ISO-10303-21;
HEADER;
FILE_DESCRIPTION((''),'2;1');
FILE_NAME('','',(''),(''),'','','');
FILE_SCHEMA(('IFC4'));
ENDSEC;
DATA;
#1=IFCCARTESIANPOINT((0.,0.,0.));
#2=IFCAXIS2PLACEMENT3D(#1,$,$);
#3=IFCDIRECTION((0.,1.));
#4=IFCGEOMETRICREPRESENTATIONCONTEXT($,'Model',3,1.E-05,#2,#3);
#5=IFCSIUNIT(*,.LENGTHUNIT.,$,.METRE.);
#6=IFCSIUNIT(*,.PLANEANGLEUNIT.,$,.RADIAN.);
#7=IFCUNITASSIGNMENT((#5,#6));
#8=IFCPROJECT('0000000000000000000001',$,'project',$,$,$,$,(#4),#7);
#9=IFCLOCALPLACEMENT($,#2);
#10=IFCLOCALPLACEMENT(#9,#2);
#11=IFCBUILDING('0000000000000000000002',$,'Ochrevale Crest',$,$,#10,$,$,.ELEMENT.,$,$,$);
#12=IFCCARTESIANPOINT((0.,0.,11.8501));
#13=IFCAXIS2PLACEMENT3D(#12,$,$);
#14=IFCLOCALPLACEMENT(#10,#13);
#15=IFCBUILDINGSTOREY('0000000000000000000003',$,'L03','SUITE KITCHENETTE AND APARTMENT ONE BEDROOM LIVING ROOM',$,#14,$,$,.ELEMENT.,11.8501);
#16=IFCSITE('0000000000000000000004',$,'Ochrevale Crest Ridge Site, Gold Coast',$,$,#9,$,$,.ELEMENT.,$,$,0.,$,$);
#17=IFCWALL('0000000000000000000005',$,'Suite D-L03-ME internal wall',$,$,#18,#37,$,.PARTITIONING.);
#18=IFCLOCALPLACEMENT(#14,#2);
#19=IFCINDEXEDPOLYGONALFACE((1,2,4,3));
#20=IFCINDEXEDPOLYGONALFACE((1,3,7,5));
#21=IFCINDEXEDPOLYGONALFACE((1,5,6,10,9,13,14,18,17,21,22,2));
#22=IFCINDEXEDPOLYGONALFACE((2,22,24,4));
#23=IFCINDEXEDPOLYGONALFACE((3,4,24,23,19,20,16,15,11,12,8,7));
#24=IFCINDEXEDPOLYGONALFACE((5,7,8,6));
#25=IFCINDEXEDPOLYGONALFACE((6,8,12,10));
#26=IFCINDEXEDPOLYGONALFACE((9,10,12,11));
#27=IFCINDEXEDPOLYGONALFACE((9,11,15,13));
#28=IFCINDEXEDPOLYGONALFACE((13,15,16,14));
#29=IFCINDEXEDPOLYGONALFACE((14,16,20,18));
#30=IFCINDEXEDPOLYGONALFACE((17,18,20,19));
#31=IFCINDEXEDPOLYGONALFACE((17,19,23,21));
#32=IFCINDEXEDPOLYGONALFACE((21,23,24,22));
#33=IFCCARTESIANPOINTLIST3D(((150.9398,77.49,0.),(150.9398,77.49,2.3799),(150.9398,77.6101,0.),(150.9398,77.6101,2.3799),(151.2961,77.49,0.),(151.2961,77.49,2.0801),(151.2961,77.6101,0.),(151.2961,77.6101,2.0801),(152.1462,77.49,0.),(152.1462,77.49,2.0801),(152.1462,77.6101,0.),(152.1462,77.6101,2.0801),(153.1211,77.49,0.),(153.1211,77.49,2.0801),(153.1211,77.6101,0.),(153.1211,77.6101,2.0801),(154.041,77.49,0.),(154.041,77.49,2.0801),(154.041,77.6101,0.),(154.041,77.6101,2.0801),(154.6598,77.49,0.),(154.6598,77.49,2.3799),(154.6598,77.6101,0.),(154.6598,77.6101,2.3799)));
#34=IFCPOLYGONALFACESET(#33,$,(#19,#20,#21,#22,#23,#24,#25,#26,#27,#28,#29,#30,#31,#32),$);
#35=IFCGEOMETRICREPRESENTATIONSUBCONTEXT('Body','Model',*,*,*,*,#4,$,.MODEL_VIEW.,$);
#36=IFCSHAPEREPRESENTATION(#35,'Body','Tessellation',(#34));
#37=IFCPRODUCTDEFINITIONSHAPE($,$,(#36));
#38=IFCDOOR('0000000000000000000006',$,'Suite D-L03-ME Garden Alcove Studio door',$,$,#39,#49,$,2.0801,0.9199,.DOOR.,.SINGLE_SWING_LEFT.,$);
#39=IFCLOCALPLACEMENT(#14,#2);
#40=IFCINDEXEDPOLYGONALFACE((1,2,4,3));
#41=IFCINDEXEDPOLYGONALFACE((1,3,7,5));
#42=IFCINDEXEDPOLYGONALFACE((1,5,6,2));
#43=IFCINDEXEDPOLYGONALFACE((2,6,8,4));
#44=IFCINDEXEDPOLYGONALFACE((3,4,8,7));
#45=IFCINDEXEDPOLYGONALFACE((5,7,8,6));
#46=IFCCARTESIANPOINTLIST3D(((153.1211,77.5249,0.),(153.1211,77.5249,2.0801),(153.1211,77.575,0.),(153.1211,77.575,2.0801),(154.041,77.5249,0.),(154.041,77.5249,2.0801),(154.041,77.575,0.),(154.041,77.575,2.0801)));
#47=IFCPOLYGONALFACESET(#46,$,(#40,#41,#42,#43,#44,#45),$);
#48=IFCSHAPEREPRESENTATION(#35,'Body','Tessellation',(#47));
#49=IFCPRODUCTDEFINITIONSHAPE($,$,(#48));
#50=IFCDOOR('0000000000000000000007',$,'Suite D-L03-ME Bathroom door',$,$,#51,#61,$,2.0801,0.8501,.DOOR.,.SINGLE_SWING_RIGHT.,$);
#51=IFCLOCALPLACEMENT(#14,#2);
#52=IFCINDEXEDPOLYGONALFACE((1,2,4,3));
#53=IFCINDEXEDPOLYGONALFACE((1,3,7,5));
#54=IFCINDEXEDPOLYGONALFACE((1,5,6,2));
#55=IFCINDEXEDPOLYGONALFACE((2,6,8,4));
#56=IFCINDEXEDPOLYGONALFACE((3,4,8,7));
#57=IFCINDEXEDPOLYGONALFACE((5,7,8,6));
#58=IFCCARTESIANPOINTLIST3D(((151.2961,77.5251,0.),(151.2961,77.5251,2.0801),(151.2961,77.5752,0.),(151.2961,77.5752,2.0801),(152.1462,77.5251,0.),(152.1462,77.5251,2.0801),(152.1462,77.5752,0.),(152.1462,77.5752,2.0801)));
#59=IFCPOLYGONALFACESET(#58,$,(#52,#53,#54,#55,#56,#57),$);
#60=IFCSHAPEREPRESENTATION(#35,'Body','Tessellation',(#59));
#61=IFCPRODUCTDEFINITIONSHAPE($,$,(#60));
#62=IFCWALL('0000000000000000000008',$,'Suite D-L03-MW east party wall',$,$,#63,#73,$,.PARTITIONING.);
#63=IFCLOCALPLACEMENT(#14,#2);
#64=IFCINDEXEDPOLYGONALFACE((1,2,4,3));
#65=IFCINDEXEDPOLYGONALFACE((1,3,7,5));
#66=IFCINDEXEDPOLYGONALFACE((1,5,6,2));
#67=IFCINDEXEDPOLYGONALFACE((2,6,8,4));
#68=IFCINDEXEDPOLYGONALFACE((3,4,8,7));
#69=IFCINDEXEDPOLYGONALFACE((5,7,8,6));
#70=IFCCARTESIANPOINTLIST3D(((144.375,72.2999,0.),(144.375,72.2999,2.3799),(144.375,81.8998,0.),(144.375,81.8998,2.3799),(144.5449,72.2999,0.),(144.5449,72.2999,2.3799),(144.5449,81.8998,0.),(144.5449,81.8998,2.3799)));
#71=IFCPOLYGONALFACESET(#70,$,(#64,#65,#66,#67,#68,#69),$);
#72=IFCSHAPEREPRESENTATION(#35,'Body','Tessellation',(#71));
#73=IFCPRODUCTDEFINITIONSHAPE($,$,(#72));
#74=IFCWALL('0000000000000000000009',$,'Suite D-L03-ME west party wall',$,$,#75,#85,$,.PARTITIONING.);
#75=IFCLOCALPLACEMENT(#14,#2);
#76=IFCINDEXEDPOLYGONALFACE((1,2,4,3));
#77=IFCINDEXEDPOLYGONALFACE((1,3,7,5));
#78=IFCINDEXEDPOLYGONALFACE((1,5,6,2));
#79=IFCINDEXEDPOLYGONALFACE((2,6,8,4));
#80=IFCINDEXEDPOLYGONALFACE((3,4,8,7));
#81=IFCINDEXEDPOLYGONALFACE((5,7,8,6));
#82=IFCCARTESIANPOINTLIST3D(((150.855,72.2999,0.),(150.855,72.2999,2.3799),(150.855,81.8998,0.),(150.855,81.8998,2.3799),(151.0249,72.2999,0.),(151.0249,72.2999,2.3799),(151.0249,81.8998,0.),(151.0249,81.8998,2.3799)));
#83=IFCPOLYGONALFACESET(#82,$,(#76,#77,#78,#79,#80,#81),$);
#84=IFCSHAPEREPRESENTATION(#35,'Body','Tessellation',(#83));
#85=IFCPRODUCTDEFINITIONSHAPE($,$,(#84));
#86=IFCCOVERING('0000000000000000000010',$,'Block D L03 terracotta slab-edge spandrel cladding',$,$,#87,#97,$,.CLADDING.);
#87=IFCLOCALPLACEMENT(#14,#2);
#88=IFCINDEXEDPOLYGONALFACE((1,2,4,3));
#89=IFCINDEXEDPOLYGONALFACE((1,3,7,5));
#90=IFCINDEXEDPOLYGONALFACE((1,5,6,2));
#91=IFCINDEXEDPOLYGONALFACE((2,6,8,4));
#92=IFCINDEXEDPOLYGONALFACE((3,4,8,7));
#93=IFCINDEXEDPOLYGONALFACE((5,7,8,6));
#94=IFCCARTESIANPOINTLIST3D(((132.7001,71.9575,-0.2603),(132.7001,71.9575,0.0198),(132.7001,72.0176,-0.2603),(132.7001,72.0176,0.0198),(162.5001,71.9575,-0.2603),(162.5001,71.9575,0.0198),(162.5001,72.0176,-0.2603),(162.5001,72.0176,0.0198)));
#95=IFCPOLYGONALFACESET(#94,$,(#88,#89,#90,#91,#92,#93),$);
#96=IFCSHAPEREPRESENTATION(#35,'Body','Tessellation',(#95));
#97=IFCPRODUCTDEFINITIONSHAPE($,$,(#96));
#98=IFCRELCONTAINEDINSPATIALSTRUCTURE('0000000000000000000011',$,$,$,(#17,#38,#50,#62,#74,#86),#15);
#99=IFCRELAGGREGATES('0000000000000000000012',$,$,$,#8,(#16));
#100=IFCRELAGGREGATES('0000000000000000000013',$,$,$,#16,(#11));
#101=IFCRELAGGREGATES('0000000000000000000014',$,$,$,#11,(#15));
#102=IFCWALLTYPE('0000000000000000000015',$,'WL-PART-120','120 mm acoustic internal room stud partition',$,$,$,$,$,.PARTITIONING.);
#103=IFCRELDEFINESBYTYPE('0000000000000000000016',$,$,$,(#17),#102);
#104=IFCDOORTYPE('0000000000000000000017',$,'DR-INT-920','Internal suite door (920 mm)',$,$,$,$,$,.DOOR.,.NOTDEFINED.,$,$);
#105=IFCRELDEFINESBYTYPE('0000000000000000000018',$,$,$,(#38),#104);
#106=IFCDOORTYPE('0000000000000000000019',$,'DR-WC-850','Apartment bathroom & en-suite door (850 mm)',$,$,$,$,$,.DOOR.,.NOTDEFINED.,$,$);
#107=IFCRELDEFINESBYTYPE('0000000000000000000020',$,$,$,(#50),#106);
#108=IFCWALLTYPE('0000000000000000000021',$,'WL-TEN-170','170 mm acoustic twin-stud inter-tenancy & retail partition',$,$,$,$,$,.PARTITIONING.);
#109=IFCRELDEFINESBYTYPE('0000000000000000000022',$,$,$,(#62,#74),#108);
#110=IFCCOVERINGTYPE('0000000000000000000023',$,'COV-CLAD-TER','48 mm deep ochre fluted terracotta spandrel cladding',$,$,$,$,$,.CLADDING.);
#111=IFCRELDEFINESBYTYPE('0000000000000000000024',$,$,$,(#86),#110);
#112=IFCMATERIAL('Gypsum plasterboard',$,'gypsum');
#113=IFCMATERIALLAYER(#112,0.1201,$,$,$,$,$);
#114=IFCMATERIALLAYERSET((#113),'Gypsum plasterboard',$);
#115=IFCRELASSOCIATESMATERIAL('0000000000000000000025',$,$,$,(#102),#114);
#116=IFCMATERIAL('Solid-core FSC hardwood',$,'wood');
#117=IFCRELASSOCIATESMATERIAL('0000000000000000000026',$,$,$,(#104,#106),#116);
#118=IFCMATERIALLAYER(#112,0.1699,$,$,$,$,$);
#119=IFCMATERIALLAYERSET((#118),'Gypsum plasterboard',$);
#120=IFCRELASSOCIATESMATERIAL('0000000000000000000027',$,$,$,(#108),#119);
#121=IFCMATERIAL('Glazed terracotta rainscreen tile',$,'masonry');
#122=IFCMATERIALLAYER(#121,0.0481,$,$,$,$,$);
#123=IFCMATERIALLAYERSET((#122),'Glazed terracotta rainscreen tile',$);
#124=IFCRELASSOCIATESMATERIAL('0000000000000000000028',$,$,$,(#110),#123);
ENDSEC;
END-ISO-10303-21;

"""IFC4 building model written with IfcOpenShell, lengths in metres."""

from ifc_helpers import new_model, si_unit, direction, frame, frame_2d, origin, origin_2d, place, context, subcontext, project, spatial, rectangle, extrude, material, layer, layer_set, type_object, element, fill, save


model = new_model("IFC4")

# Units and contexts
model_context = context("Model", 3, precision=1e-05, world=origin(), true_north=direction((0.0, 1.0)))
body_context = subcontext(model_context, "Body", "Model", "MODEL_VIEW")
ifc_project = project(units=[si_unit("LENGTHUNIT", "METRE"), si_unit("PLANEANGLEUNIT", "RADIAN")], contexts=[model_context])

# Site, building, storey
site_placement = place(None, origin())
site = spatial("IfcSite", under=ifc_project, at=site_placement, Name="Ochrevale Crest Ridge Site, Gold Coast", CompositionType="ELEMENT", RefElevation=0.0)
building_placement = place(site_placement, origin())
building = spatial("IfcBuilding", under=site, at=building_placement, Name="Ochrevale Crest", CompositionType="ELEMENT")
storey_placement = place(building_placement, frame((0.0, 0.0, 11.8501)))
storey = spatial("IfcBuildingStorey", under=building, at=storey_placement, Name="L03", Description="SUITE KITCHENETTE AND APARTMENT ONE BEDROOM LIVING ROOM", CompositionType="ELEMENT", Elevation=11.8501)

# Shared definitions
ifc_material_1 = material(Name="Solid-core FSC hardwood", Category="wood")

# Wall, openings, doors
ifc_material_2 = material(Name="Gypsum plasterboard", Category="gypsum")
ifc_layer_1 = layer(ifc_material_2, 0.1201)
ifc_layer_set_1 = layer_set([ifc_layer_1], Name="Gypsum plasterboard")
wall_type_1 = type_object("IfcWallType", Name="WL-PART-120", Description="120 mm acoustic internal room stud partition", PredefinedType="PARTITIONING", material=ifc_layer_set_1)
wall_1_placement = place(storey_placement, frame((150.9399, 77.55, 0.0), z_axis=(0.0, 0.0, 1.0), x_axis=(1.0, 0.0, 0.0)))
wall_1 = element("IfcWall", 1, at=wall_1_placement, inside=storey, type_object=wall_type_1, Name="Suite D-L03-ME internal wall", PredefinedType="PARTITIONING", context=body_context, shape_type="SweptSolid", body=[
    extrude(rectangle(XDim=3.72, YDim=0.1201, at=frame_2d((1.8599, 0.0))), origin(), (0.0, 0.0, 1.0), 2.3799),
])
opening_1_placement = place(wall_1_placement, frame((1.2063, 0.0, 0.0), z_axis=(0.0, 0.0, 1.0), x_axis=(-1.0, 0.0, 0.0)))
opening_1 = element("IfcOpeningElement", 2, at=opening_1_placement, cuts=wall_1, PredefinedType="OPENING", context=body_context, shape_type="SweptSolid", body=[
    extrude(rectangle(XDim=0.8501, YDim=2.0801, at=frame_2d((0.425, 1.04))), frame((0.0, 0.0701, 0.0), z_axis=(0.0, -1.0, 0.0), x_axis=(1.0, 0.0, 0.0)), (0.0, 0.0, 1.0), 0.1401),
])
opening_2_placement = place(wall_1_placement, frame((2.1812, 0.0, 0.0)))
opening_2 = element("IfcOpeningElement", 3, at=opening_2_placement, cuts=wall_1, PredefinedType="OPENING", context=body_context, shape_type="SweptSolid", body=[
    extrude(rectangle(XDim=0.9199, YDim=2.0801, at=frame_2d((0.46, 1.04))), frame((0.0, 0.0701, 0.0), z_axis=(0.0, -1.0, 0.0), x_axis=(1.0, 0.0, 0.0)), (0.0, 0.0, 1.0), 0.1401),
])
door_type_1 = type_object("IfcDoorType", Name="DR-INT-920", Description="Internal suite door (920 mm)", OperationType="NOTDEFINED", PredefinedType="DOOR", material=ifc_material_1)
door_1_placement = place(opening_2_placement, origin())
door_1 = element("IfcDoor", 4, at=door_1_placement, inside=storey, type_object=door_type_1, Name="Suite D-L03-ME Garden Alcove Studio door", OperationType="SINGLE_SWING_LEFT", OverallHeight=2.0801, OverallWidth=0.9199, PredefinedType="DOOR", context=body_context, shape_type="SweptSolid", body=[
    extrude(rectangle(XDim=0.9199, YDim=2.0801, at=frame_2d((0.46, 1.04))), frame((0.0, 0.0249, 0.0), z_axis=(0.0, -1.0, 0.0), x_axis=(1.0, 0.0, 0.0)), (0.0, 0.0, 1.0), 0.05),
])
fill(opening_2, door_1)
door_type_2 = type_object("IfcDoorType", Name="DR-WC-850", Description="Apartment bathroom & en-suite door (850 mm)", OperationType="NOTDEFINED", PredefinedType="DOOR", material=ifc_material_1)
door_2_placement = place(opening_1_placement, origin())
door_2 = element("IfcDoor", 5, at=door_2_placement, inside=storey, type_object=door_type_2, Name="Suite D-L03-ME Bathroom door", OperationType="SINGLE_SWING_RIGHT", OverallHeight=2.0801, OverallWidth=0.8501, PredefinedType="DOOR", context=body_context, shape_type="SweptSolid", body=[
    extrude(rectangle(XDim=0.8501, YDim=2.0801, at=frame_2d((0.425, 1.04))), frame((0.0, 0.0249, 0.0), z_axis=(0.0, -1.0, 0.0), x_axis=(1.0, 0.0, 0.0)), (0.0, 0.0, 1.0), 0.05),
])
fill(opening_1, door_2)

# Walls
ifc_layer_2 = layer(ifc_material_2, 0.1699)
ifc_layer_set_2 = layer_set([ifc_layer_2], Name="Gypsum plasterboard")
wall_type_2 = type_object("IfcWallType", Name="WL-TEN-170", Description="170 mm acoustic twin-stud inter-tenancy & retail partition", PredefinedType="PARTITIONING", material=ifc_layer_set_2)
for number, where, z_axis, x_axis, name in (
    (6, (144.46, 72.3, 0.0), (0.0, 0.0, 1.0), (0.0, 1.0, 0.0), "Suite D-L03-MW east party wall"),
    (7, (150.9399, 72.3, 0.0), (0.0, 0.0, 1.0), (0.0, 1.0, 0.0), "Suite D-L03-ME west party wall"),
):
    element("IfcWall", number, at=place(storey_placement, frame(where, z_axis=z_axis, x_axis=x_axis)), inside=storey, type_object=wall_type_2, Name=name, PredefinedType="PARTITIONING", context=body_context, shape_type="SweptSolid", body=[
        extrude(rectangle(XDim=9.5999, YDim=0.1699, at=frame_2d((4.7998, 0.0))), origin(), (0.0, 0.0, 1.0), 2.3799),
    ])

# Covering
ifc_material_3 = material(Name="Glazed terracotta rainscreen tile", Category="masonry")
ifc_layer_3 = layer(ifc_material_3, 0.0481)
ifc_layer_set_3 = layer_set([ifc_layer_3], Name="Glazed terracotta rainscreen tile")
covering_type = type_object("IfcCoveringType", Name="COV-CLAD-TER", Description="48 mm deep ochre fluted terracotta spandrel cladding", PredefinedType="CLADDING", material=ifc_layer_set_3)
covering_placement = place(storey_placement, frame((147.6001, 71.9875, -0.2603), z_axis=(0.0, 0.0, 1.0), x_axis=(1.0, 0.0, 0.0)))
element("IfcCovering", 8, at=covering_placement, inside=storey, type_object=covering_type, Name="Block D L03 terracotta slab-edge spandrel cladding", PredefinedType="CLADDING", context=body_context, shape_type="SweptSolid", body=[
    extrude(rectangle(XDim=29.8, YDim=0.0601, at=origin_2d()), origin(), (0.0, 0.0, 1.0), 0.28),
])

save(model, "model.ifc")
